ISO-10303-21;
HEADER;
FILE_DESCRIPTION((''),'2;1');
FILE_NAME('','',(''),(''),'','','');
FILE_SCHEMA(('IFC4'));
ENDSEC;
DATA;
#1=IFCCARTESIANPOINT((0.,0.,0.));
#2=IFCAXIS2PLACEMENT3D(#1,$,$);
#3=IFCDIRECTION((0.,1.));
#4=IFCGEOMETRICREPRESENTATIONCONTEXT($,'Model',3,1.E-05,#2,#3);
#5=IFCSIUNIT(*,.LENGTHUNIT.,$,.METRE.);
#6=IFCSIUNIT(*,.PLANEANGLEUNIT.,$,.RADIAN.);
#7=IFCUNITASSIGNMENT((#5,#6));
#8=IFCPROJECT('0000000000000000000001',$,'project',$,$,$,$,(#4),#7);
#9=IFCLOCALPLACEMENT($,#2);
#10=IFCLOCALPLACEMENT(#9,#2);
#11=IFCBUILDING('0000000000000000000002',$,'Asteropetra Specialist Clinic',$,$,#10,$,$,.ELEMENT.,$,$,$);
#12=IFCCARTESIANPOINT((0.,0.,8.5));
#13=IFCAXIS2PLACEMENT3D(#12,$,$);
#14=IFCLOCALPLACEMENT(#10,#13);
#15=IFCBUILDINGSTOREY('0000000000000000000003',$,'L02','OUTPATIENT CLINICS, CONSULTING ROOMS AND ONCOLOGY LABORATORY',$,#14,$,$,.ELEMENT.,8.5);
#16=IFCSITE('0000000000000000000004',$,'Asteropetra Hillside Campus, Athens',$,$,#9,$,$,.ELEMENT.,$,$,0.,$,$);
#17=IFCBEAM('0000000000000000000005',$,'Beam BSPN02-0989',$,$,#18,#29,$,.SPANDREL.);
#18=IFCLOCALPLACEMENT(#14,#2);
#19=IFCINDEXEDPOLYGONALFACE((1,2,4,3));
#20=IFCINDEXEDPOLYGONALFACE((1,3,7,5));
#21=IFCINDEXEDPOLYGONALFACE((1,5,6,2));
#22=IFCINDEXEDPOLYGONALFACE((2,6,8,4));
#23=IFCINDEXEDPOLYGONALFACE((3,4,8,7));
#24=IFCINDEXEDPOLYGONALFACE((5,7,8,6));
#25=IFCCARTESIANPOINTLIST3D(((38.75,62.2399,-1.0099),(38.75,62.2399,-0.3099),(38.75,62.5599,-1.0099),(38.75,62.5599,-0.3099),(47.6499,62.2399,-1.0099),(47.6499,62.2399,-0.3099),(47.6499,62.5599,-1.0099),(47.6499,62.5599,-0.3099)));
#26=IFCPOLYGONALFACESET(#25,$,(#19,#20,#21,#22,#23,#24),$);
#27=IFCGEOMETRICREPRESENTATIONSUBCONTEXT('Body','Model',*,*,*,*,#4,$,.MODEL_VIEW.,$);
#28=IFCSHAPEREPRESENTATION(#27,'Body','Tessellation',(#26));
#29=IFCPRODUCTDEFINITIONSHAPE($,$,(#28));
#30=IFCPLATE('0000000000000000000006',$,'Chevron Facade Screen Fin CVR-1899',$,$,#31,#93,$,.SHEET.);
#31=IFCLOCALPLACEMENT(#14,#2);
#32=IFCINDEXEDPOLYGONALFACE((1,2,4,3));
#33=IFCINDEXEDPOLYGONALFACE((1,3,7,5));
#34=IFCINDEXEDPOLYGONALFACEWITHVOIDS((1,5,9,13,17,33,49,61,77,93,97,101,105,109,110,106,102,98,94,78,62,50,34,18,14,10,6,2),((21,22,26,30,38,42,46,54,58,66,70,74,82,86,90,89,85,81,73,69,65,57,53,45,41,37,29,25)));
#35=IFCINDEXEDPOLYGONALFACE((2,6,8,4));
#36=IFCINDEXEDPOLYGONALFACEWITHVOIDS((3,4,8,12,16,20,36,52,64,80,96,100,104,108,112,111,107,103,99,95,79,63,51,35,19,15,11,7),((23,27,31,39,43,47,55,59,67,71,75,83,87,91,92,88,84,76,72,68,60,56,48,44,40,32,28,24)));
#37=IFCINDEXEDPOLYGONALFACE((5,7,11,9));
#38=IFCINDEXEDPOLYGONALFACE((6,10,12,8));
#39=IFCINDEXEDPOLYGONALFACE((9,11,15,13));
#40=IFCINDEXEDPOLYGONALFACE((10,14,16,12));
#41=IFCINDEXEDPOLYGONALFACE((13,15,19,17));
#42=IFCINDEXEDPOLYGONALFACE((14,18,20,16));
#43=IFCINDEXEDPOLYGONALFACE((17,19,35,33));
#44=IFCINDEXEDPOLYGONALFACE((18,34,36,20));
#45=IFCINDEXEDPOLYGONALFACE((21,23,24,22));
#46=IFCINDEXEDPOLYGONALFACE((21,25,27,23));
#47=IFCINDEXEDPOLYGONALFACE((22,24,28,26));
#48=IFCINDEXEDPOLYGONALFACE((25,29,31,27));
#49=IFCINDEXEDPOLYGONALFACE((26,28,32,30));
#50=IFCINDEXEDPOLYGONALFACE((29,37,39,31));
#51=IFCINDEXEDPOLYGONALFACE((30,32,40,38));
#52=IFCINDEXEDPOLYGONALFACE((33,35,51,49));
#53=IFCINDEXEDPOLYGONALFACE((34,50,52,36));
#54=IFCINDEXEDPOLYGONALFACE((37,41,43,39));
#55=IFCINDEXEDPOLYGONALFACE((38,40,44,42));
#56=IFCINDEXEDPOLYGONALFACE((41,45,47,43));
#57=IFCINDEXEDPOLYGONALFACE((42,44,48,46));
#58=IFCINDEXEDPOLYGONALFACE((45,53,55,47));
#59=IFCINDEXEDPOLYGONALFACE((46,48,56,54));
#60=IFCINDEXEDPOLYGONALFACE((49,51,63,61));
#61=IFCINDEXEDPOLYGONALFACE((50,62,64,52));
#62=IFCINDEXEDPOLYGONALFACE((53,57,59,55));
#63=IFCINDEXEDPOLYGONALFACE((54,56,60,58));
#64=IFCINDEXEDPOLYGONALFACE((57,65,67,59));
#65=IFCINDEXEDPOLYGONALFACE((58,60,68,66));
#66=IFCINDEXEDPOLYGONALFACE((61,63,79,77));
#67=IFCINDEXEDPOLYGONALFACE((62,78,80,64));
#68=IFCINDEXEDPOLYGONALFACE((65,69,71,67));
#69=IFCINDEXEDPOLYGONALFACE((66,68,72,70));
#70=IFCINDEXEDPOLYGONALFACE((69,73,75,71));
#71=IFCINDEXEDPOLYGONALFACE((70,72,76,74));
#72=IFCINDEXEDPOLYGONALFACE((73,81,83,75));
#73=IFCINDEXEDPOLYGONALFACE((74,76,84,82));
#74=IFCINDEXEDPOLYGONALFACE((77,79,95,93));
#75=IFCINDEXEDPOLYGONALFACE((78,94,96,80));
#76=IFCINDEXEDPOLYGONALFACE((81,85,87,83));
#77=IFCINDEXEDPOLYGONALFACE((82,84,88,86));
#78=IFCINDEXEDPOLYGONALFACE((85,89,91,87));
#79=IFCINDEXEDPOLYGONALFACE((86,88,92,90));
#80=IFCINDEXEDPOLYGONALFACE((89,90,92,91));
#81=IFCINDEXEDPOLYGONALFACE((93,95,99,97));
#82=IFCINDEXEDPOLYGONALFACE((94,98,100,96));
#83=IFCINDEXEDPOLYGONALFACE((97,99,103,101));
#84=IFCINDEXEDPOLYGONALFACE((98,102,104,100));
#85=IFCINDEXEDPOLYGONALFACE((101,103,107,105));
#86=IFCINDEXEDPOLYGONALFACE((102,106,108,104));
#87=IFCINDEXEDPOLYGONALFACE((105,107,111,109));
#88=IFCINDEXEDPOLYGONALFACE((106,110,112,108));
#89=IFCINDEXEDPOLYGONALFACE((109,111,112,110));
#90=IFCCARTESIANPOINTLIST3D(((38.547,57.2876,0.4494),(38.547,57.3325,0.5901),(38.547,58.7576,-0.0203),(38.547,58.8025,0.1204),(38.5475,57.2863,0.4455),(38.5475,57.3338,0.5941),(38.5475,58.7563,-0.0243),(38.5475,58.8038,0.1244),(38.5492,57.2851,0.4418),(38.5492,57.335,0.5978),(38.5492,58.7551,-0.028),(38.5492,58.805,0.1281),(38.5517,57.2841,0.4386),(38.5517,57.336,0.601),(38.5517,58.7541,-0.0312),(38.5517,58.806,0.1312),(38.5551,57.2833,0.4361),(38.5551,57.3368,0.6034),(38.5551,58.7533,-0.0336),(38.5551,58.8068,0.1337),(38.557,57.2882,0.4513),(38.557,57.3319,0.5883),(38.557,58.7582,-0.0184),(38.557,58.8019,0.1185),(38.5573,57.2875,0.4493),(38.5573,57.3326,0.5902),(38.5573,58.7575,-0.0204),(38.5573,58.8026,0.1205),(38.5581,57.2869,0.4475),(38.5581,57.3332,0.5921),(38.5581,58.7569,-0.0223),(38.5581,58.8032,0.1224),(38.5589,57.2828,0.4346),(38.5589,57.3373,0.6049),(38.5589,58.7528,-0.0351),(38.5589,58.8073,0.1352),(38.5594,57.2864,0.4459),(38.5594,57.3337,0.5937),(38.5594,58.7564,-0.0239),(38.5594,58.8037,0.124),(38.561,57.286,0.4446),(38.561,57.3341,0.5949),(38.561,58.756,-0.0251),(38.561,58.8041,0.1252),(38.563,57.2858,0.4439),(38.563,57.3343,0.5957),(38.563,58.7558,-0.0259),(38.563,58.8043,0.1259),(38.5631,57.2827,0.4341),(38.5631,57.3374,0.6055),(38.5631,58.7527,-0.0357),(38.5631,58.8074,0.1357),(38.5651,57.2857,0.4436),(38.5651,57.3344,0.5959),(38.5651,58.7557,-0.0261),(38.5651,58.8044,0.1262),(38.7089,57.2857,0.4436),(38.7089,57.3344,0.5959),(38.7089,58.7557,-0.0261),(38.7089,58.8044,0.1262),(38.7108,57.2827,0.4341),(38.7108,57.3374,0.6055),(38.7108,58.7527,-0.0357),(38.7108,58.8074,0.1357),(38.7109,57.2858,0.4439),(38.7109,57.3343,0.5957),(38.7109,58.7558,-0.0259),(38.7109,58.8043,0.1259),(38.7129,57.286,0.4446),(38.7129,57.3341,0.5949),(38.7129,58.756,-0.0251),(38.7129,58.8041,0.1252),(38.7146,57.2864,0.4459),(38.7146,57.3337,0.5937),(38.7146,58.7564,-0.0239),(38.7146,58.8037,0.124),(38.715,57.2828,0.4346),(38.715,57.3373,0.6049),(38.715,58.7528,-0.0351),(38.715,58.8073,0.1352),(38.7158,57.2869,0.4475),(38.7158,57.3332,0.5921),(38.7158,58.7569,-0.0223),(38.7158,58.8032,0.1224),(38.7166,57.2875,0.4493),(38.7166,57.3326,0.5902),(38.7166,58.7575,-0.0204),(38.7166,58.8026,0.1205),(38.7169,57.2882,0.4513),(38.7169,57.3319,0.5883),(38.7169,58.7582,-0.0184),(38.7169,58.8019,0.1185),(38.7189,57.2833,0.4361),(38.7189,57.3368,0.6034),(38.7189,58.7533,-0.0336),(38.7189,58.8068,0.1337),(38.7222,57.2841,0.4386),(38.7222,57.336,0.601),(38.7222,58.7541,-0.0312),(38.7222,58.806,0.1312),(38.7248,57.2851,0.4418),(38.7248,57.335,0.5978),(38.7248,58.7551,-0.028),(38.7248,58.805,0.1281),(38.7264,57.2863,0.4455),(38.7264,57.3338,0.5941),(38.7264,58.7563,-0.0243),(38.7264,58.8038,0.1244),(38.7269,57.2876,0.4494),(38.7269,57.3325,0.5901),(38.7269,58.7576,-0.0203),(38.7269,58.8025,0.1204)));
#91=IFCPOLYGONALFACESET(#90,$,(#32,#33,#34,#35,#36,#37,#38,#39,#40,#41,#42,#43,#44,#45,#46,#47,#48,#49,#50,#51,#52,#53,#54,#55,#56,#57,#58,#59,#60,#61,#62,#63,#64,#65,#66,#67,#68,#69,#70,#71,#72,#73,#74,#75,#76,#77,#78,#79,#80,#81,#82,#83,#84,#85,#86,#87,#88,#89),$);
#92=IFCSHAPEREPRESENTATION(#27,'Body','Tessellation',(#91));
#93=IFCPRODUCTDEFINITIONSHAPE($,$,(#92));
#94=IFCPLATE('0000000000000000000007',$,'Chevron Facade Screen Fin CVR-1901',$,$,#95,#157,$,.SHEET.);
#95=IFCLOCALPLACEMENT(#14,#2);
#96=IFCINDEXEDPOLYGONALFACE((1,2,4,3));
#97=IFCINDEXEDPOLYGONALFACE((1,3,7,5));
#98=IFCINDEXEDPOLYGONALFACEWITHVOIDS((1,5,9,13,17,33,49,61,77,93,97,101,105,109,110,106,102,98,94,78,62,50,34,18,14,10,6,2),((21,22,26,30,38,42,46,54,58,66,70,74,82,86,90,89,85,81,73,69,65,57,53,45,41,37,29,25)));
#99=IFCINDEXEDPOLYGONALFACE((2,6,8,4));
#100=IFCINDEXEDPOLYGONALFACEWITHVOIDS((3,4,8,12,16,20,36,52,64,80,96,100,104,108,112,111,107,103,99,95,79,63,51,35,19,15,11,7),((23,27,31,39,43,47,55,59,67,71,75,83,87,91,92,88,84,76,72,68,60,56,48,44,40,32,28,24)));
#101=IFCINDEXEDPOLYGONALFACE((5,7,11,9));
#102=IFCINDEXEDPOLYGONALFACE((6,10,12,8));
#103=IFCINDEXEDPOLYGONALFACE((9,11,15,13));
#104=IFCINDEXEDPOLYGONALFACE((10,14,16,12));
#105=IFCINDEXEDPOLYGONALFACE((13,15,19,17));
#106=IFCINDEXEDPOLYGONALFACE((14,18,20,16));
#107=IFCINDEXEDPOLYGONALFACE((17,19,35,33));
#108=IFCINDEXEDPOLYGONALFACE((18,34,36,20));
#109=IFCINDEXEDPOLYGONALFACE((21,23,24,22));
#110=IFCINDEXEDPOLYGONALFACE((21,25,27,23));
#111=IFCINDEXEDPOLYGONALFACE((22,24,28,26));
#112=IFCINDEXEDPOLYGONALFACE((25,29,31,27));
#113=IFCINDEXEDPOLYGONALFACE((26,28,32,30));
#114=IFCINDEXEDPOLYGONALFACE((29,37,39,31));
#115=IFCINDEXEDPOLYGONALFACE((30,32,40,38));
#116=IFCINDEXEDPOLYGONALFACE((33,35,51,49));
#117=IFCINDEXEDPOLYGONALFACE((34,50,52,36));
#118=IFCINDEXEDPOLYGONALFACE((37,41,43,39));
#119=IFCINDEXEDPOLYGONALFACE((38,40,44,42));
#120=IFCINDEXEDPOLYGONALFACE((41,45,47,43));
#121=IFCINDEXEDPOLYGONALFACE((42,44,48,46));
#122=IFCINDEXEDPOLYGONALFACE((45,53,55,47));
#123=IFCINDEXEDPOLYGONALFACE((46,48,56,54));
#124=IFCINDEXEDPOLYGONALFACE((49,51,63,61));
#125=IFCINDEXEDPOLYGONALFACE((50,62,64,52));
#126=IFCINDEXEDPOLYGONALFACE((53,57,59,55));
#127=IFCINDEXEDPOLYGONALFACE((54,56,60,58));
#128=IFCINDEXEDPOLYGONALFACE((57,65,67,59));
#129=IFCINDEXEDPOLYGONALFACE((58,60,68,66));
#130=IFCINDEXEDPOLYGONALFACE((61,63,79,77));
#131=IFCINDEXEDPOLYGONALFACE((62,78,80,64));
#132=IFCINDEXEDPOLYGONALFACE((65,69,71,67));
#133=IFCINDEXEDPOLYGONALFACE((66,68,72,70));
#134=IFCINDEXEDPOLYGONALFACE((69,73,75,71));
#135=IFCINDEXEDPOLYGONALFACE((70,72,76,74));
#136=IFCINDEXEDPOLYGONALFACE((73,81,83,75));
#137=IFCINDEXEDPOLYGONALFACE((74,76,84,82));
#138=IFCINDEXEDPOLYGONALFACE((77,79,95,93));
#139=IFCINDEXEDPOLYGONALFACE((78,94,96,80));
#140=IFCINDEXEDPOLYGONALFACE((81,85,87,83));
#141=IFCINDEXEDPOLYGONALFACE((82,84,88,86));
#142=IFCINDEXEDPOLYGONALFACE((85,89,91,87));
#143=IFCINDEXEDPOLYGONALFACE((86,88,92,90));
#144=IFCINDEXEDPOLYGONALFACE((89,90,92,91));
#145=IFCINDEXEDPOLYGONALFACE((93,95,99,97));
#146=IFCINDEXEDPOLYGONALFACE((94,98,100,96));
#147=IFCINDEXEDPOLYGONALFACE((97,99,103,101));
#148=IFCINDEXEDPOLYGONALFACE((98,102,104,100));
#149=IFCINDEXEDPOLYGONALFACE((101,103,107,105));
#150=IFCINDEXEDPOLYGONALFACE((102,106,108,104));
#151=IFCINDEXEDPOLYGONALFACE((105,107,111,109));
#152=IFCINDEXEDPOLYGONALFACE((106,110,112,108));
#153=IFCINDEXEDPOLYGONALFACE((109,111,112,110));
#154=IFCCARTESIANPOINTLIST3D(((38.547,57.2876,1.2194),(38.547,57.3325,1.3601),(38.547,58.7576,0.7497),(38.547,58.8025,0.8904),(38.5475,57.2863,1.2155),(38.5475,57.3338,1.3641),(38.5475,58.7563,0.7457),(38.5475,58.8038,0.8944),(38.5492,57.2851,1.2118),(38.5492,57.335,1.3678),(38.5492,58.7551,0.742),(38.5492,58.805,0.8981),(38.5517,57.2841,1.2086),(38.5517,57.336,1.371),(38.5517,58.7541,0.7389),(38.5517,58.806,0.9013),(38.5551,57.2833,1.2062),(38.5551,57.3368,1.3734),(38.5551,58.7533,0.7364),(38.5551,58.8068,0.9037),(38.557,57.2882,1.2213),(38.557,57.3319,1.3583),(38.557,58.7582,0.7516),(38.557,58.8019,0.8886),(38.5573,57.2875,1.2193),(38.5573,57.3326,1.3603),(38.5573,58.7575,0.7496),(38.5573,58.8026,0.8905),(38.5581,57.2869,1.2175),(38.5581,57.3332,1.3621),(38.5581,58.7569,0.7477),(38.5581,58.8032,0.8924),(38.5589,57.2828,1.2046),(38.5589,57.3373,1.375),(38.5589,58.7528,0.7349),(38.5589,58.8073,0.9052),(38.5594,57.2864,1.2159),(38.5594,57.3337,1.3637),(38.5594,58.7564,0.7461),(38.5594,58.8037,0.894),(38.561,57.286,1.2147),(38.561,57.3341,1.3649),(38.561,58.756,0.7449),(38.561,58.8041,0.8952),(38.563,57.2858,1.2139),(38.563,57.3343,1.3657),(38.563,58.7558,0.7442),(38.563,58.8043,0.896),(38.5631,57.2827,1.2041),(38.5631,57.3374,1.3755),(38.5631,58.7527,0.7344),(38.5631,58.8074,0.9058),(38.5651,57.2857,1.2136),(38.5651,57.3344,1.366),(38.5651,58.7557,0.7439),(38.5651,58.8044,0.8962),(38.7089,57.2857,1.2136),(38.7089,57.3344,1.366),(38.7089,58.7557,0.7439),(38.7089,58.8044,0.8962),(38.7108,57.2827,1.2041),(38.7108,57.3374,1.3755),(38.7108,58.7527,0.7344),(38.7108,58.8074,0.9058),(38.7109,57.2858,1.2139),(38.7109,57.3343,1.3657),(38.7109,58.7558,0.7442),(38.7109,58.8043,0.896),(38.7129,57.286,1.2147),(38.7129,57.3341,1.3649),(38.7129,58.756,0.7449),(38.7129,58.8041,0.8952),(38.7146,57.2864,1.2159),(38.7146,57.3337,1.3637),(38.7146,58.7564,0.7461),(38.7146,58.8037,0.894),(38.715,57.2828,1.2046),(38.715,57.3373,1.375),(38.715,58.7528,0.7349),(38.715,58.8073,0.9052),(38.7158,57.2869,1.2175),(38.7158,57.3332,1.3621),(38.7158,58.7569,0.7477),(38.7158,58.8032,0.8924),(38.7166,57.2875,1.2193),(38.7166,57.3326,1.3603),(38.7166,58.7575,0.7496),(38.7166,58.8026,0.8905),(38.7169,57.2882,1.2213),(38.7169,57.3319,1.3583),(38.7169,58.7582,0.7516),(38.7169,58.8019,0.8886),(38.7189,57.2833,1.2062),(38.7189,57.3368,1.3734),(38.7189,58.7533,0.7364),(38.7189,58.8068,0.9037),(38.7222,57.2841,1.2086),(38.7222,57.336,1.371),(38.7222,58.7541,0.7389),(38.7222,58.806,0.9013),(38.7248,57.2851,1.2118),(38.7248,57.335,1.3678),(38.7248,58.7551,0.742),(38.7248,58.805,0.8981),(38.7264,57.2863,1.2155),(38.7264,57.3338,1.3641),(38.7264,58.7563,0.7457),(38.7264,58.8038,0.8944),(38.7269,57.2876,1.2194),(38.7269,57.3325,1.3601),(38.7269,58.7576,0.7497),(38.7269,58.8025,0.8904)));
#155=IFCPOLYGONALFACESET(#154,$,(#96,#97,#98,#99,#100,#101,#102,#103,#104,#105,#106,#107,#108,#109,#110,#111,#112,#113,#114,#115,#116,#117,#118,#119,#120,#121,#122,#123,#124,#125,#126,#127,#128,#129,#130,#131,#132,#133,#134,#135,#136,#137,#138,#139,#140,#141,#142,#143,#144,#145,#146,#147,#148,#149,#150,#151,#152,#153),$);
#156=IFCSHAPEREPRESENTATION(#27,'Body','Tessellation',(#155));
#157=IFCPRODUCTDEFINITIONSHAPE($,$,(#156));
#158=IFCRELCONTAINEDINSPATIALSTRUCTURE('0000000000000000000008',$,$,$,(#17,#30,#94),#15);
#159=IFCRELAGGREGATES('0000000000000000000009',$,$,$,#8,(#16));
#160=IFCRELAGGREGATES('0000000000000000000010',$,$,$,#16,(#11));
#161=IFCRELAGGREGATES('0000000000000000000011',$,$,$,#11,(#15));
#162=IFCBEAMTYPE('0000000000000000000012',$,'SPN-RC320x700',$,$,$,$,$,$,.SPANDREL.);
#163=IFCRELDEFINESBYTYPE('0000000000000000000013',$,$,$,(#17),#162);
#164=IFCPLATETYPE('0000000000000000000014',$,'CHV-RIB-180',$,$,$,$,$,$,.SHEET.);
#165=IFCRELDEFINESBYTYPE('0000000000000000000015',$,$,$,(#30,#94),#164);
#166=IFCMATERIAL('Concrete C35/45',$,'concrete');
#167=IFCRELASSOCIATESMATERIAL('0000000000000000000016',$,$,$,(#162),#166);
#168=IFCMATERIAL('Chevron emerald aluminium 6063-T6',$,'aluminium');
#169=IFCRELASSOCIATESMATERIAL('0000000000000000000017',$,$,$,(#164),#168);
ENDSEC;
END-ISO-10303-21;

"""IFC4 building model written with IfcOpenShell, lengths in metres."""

from ifc_helpers import new_model, si_unit, direction, frame, origin, origin_2d, place, context, subcontext, project, spatial, rectangle, hollow_rectangle, extrude, material, material_profile, profile_set, type_object, element, save


model = new_model("IFC4")

# Units and contexts
model_context = context("Model", 3, precision=1e-05, world=origin(), true_north=direction((0.0, 1.0)))
body_context = subcontext(model_context, "Body", "Model", "MODEL_VIEW")
ifc_project = project(units=[si_unit("LENGTHUNIT", "METRE"), si_unit("PLANEANGLEUNIT", "RADIAN")], contexts=[model_context])

# Site, building, storey
site_placement = place(None, origin())
site = spatial("IfcSite", under=ifc_project, at=site_placement, Name="Asteropetra Hillside Campus, Athens", CompositionType="ELEMENT", RefElevation=0.0)
building_placement = place(site_placement, origin())
building = spatial("IfcBuilding", under=site, at=building_placement, Name="Asteropetra Specialist Clinic", CompositionType="ELEMENT")
storey_placement = place(building_placement, frame((0.0, 0.0, 8.5)))
storey = spatial("IfcBuildingStorey", under=building, at=storey_placement, Name="L02", Description="OUTPATIENT CLINICS, CONSULTING ROOMS AND ONCOLOGY LABORATORY", CompositionType="ELEMENT", Elevation=8.5)

# Beam
ifc_material_1 = material(Name="Concrete C35/45", Category="concrete")
ifc_material_profile_1 = material_profile(ifc_material_1, rectangle(XDim=0.3201, YDim=0.7, at=origin_2d()), Name="RCS 320x700")
ifc_profile_set_1 = profile_set([ifc_material_profile_1], Name="Concrete C35/45")
beam_type = type_object("IfcBeamType", Name="SPN-RC320x700", PredefinedType="SPANDREL", material=ifc_profile_set_1)
beam_placement = place(storey_placement, frame((38.75, 62.3999, -0.6599), z_axis=(1.0, 0.0, 0.0), x_axis=(0.0, 1.0, 0.0)))
element("IfcBeam", 1, at=beam_placement, inside=storey, type_object=beam_type, Name="Beam BSPN02-0989", PredefinedType="SPANDREL", context=body_context, shape_type="SweptSolid", body=[
    extrude(rectangle(XDim=0.3201, YDim=0.7, at=origin_2d()), origin(), (0.0, 0.0, 1.0), 8.8999),
])

# Plates
ifc_material_2 = material(Name="Chevron emerald aluminium 6063-T6", Category="aluminium")
ifc_material_profile_2 = material_profile(ifc_material_2, hollow_rectangle(XDim=0.1799, YDim=0.1799, WallThickness=0.01, InnerFilletRadius=0.0081, OuterFilletRadius=0.0161, at=origin_2d()), Name="SHS 180x180x10.0")
ifc_profile_set_2 = profile_set([ifc_material_profile_2], Name="Chevron emerald aluminium 6063-T6")
plate_type_1 = type_object("IfcPlateType", Name="CHV-RIB-180", PredefinedType="SHEET", material=ifc_profile_set_2)
for number, where, z_axis, x_axis, name in (
    (2, (38.637, 57.3101, 0.5198), (0.0, 0.952549, -0.304385), (-1.0, 0.0, 0.0), "Chevron Facade Screen Fin CVR-1899"),
    (3, (38.637, 57.3101, 1.2898), (0.0, 0.952549, -0.304385), (-1.0, 0.0, 0.0), "Chevron Facade Screen Fin CVR-1901"),
):
    element("IfcPlate", number, at=place(storey_placement, frame(where, z_axis=z_axis, x_axis=x_axis)), inside=storey, type_object=plate_type_1, Name=name, PredefinedType="SHEET", context=body_context, shape_type="SweptSolid", body=[
        extrude(hollow_rectangle(XDim=0.1799, YDim=0.1799, WallThickness=0.01, InnerFilletRadius=0.0081, OuterFilletRadius=0.0161, at=origin_2d()), origin(), (0.0, 0.0, 1.0), 1.5432),
    ])

save(model, "model.ifc")
